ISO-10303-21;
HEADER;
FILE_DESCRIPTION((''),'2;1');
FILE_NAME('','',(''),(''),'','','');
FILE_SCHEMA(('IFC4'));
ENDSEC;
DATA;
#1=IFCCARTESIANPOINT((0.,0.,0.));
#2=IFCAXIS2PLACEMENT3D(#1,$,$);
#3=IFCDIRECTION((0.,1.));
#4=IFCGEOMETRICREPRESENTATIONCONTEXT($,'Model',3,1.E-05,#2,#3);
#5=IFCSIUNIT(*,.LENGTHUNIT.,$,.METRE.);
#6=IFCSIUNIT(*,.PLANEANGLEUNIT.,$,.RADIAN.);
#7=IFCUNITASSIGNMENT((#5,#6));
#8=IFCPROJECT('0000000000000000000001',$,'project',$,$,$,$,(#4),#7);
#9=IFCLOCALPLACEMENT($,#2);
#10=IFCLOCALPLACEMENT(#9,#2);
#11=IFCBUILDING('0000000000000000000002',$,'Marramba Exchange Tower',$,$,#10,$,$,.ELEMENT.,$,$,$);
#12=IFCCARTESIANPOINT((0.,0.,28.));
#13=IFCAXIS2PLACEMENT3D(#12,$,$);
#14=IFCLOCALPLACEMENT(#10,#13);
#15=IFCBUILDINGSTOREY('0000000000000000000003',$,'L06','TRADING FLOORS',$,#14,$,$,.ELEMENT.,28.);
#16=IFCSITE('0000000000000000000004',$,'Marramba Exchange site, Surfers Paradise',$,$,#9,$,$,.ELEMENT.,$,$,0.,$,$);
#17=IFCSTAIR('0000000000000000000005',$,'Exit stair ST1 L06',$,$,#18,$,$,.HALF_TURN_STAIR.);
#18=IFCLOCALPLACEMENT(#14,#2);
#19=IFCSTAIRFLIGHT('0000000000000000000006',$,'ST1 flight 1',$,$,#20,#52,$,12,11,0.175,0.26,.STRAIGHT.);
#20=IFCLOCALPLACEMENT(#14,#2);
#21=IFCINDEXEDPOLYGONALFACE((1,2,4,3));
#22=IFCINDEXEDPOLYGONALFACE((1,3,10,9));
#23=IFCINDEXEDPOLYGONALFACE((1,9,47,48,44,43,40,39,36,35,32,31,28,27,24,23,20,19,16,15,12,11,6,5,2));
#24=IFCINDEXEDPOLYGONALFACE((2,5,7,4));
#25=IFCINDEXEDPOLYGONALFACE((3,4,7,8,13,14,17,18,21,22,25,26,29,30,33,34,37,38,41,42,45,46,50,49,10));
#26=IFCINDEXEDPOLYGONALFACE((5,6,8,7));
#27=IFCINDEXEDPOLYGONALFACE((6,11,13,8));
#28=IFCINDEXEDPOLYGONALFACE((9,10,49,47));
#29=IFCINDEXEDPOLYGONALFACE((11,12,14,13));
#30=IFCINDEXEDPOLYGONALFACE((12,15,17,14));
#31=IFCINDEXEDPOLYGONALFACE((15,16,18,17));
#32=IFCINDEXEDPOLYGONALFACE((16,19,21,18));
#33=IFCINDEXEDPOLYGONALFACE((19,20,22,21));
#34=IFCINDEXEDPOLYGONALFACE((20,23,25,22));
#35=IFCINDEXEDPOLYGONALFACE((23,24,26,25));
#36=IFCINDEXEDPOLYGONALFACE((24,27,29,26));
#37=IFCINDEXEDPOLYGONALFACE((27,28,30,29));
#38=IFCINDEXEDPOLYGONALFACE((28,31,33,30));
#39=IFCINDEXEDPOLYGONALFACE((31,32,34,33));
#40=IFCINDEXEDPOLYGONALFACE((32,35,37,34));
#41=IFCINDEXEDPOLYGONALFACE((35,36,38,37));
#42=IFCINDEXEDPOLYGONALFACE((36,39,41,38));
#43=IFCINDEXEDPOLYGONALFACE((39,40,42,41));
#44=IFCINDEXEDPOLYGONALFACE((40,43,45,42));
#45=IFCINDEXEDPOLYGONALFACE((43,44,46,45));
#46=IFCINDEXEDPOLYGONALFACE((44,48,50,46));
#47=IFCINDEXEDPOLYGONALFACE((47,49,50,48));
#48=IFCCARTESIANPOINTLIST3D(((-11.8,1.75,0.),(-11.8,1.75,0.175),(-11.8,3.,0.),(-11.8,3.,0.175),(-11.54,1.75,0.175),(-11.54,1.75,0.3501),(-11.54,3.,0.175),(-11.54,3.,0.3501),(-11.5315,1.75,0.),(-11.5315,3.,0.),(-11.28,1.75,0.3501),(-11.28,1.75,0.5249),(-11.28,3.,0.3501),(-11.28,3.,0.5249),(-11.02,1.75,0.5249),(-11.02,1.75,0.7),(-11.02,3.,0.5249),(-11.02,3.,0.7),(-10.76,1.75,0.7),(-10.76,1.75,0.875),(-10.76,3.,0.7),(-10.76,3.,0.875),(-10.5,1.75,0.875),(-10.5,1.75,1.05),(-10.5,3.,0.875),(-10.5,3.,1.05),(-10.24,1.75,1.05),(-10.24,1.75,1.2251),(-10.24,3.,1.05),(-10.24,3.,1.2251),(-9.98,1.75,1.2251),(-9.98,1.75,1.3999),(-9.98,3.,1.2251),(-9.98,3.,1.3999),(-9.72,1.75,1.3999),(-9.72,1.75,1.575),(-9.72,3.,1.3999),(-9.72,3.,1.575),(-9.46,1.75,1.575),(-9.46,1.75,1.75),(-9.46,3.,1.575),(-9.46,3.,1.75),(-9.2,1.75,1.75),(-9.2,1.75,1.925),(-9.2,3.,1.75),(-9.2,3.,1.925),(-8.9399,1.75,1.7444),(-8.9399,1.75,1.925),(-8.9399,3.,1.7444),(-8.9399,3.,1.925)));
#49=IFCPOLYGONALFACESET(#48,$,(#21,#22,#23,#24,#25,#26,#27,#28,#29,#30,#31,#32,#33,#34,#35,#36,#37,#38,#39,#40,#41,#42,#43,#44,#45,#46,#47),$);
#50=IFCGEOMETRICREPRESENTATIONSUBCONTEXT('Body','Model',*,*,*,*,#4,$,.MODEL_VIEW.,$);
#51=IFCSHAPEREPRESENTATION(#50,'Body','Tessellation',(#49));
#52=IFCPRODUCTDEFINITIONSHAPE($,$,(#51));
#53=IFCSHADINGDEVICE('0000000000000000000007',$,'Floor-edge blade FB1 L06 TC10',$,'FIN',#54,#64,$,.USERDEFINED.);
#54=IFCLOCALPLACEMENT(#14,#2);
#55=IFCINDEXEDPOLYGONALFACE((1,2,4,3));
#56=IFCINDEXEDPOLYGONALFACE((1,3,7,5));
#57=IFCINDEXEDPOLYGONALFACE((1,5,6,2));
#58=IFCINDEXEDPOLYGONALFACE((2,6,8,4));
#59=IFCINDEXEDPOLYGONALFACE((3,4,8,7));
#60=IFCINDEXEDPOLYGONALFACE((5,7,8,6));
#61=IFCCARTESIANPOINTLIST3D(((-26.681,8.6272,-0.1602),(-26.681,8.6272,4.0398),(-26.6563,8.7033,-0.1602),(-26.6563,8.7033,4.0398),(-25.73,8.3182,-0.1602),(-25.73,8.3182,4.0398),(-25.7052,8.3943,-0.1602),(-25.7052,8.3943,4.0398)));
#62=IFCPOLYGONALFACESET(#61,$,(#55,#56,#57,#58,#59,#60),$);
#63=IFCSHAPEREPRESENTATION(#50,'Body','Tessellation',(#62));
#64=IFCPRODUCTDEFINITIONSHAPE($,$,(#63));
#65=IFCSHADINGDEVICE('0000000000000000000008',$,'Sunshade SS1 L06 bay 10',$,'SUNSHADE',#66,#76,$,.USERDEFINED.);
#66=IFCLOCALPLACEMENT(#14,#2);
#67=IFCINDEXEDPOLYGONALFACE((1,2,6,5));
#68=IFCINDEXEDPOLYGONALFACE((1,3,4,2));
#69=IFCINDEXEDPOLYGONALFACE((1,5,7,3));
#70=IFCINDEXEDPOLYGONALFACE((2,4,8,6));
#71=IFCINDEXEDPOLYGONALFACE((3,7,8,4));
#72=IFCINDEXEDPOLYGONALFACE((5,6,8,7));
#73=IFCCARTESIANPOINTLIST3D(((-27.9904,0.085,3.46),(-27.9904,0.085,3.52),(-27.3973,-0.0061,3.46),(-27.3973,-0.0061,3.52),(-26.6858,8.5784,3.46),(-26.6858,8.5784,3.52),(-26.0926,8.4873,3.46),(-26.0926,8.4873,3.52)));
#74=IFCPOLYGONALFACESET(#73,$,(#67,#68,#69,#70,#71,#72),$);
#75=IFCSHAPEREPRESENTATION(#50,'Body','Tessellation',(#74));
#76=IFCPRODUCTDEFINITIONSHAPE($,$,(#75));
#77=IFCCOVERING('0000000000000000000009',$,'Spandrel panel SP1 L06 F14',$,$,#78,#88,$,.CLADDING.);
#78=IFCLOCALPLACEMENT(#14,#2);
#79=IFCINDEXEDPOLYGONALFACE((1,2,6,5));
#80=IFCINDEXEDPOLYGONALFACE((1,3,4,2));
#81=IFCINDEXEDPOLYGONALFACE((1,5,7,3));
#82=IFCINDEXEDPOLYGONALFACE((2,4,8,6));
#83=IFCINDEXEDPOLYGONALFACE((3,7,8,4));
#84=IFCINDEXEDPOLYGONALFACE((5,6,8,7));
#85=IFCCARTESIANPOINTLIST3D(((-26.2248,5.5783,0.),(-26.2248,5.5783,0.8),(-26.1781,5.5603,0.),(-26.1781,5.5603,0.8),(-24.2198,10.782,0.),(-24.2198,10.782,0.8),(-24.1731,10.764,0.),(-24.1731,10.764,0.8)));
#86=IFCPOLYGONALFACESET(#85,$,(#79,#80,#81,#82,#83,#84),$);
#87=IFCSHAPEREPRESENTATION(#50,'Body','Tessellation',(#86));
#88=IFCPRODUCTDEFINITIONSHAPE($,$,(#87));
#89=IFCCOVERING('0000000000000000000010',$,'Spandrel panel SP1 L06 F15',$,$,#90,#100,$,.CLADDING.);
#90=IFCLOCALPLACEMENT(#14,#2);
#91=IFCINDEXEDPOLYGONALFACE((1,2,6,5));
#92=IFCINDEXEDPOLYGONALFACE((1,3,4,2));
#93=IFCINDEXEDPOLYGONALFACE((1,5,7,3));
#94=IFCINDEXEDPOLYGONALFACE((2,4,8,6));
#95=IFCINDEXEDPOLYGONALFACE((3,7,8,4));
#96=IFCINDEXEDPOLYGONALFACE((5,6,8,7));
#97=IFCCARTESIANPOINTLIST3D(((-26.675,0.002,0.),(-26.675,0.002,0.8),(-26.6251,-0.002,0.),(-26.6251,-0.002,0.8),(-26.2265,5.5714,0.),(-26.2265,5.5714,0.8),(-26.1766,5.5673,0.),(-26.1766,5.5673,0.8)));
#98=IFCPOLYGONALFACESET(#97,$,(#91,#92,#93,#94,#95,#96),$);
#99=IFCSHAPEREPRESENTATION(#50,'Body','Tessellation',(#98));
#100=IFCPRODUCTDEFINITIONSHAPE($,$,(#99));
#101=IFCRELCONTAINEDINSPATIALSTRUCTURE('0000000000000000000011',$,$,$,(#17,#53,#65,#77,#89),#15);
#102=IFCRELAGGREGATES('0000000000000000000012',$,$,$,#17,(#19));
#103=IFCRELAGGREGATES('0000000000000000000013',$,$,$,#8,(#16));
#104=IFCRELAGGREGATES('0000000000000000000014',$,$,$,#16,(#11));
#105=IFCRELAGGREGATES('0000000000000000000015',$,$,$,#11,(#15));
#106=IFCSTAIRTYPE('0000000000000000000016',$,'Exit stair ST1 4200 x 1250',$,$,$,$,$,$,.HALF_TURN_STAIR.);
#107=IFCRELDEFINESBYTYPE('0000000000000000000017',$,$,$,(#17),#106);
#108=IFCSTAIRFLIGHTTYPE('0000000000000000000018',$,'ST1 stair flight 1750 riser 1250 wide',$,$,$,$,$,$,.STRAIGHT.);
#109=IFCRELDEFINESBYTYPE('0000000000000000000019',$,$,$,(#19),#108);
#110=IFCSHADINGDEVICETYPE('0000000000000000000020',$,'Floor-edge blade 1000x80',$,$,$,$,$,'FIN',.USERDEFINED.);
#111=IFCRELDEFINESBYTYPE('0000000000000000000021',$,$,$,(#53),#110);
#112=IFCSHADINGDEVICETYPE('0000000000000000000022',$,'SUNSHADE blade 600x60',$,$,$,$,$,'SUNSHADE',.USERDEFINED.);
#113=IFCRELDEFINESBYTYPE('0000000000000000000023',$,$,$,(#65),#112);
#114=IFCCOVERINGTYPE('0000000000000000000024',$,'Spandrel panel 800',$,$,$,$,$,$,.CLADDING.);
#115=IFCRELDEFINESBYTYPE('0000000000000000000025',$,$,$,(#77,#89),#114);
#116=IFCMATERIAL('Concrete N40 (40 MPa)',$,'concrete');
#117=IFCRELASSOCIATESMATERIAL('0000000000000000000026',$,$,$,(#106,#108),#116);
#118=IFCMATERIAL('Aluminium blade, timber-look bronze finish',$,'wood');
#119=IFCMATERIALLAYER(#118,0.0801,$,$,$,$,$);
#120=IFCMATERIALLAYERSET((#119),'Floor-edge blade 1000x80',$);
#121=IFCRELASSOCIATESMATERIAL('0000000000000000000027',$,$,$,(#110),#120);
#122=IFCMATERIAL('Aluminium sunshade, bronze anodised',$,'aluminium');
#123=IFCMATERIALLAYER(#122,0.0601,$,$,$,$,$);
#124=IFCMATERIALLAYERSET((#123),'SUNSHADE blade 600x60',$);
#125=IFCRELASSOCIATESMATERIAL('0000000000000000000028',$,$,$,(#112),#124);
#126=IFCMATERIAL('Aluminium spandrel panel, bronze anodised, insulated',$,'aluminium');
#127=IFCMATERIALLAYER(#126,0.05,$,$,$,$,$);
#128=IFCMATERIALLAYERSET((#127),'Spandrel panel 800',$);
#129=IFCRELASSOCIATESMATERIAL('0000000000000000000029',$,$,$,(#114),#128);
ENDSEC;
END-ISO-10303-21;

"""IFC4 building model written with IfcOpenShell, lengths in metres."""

from ifc_helpers import new_model, si_unit, direction, frame, origin, origin_2d, place, context, subcontext, project, spatial, polyline, rectangle, outline, extrude, material, layer, layer_set, type_object, element, aggregate, save


model = new_model("IFC4")

# Units and contexts
model_context = context("Model", 3, precision=1e-05, world=origin(), true_north=direction((0.0, 1.0)))
body_context = subcontext(model_context, "Body", "Model", "MODEL_VIEW")
ifc_project = project(units=[si_unit("LENGTHUNIT", "METRE"), si_unit("PLANEANGLEUNIT", "RADIAN")], contexts=[model_context])

# Site, building, storey
site_placement = place(None, origin())
site = spatial("IfcSite", under=ifc_project, at=site_placement, Name="Marramba Exchange site, Surfers Paradise", CompositionType="ELEMENT", RefElevation=0.0)
building_placement = place(site_placement, origin())
building = spatial("IfcBuilding", under=site, at=building_placement, Name="Marramba Exchange Tower", CompositionType="ELEMENT")
storey_placement = place(building_placement, frame((0.0, 0.0, 28.0)))
storey = spatial("IfcBuildingStorey", under=building, at=storey_placement, Name="L06", Description="TRADING FLOORS", CompositionType="ELEMENT", Elevation=28.0)

# Stair, stair flight
ifc_material_1 = material(Name="Concrete N40 (40 MPa)", Category="concrete")
stair_type = type_object("IfcStairType", Name="Exit stair ST1 4200 x 1250", PredefinedType="HALF_TURN_STAIR", material=ifc_material_1)
stair_placement = place(storey_placement, origin())
stair = element("IfcStair", 1, at=stair_placement, inside=storey, type_object=stair_type, Name="Exit stair ST1 L06", PredefinedType="HALF_TURN_STAIR")
stair_flight_type = type_object("IfcStairFlightType", Name="ST1 stair flight 1750 riser 1250 wide", PredefinedType="STRAIGHT", material=ifc_material_1)
stair_flight_placement = place(storey_placement, frame((-11.8, 2.375, 0.0), z_axis=(0.0, 0.0, 1.0), x_axis=(1.0, 0.0, 0.0)))
stair_flight = element("IfcStairFlight", 2, at=stair_flight_placement, type_object=stair_flight_type, Name="ST1 flight 1", NumberOfRisers=12, NumberOfTreads=11, PredefinedType="STRAIGHT", RiserHeight=0.175, TreadLength=0.26, context=body_context, shape_type="SweptSolid", body=[
    extrude(outline(polyline([(0.0, 0.0), (0.0, 0.175), (0.26, 0.175), (0.26, 0.3501), (0.52, 0.3501), (0.52, 0.5249), (0.78, 0.5249), (0.78, 0.7), (1.04, 0.7), (1.04, 0.875), (1.3, 0.875), (1.3, 1.05), (1.5601, 1.05), (1.5601, 1.2251), (1.8201, 1.2251), (1.8201, 1.3999), (2.0801, 1.3999), (2.0801, 1.575), (2.3401, 1.575), (2.3401, 1.75), (2.6001, 1.75), (2.6001, 1.925), (2.8601, 1.925), (2.8601, 2.1001), (2.8601, 1.7444), (0.2686, 0.0), (0.0, 0.0)])), frame((0.0, 0.625, 0.0), z_axis=(0.0, -1.0, 0.0), x_axis=(1.0, 0.0, 0.0)), (0.0, 0.0, 1.0), 1.25),
])
aggregate(stair, [stair_flight])

# Shading devices
ifc_material_2 = material(Name="Aluminium blade, timber-look bronze finish", Category="wood")
ifc_layer_1 = layer(ifc_material_2, 0.0801)
ifc_layer_set_1 = layer_set([ifc_layer_1], Name="Floor-edge blade 1000x80")
shading_device_type_1 = type_object("IfcShadingDeviceType", Name="Floor-edge blade 1000x80", ElementType="FIN", PredefinedType="USERDEFINED", material=ifc_layer_set_1)
shading_device_1_placement = place(storey_placement, frame((-26.1931, 8.5107, -0.1602), z_axis=(0.0, 0.0, 1.0), x_axis=(-0.951057, 0.309017, 0.0)))
element("IfcShadingDevice", 3, at=shading_device_1_placement, inside=storey, type_object=shading_device_type_1, Name="Floor-edge blade FB1 L06 TC10", ObjectType="FIN", PredefinedType="USERDEFINED", context=body_context, shape_type="SweptSolid", body=[
    extrude(rectangle(XDim=1.0, YDim=0.0801, at=origin_2d()), origin(), (0.0, 0.0, 1.0), 4.2),
])
ifc_material_3 = material(Name="Aluminium sunshade, bronze anodised", Category="aluminium")
ifc_layer_2 = layer(ifc_material_3, 0.0601)
ifc_layer_set_2 = layer_set([ifc_layer_2], Name="SUNSHADE blade 600x60")
shading_device_type_2 = type_object("IfcShadingDeviceType", Name="SUNSHADE blade 600x60", ElementType="SUNSHADE", PredefinedType="USERDEFINED", material=ifc_layer_set_2)
shading_device_2_placement = place(storey_placement, frame((-27.0415, 4.2861, 3.46), z_axis=(0.0, 0.0, 1.0), x_axis=(-0.151825, -0.988407, 0.0)))
element("IfcShadingDevice", 4, at=shading_device_2_placement, inside=storey, type_object=shading_device_type_2, Name="Sunshade SS1 L06 bay 10", ObjectType="SUNSHADE", PredefinedType="USERDEFINED", context=body_context, shape_type="SweptSolid", body=[
    extrude(rectangle(XDim=8.593, YDim=0.6001, at=origin_2d()), origin(), (0.0, 0.0, 1.0), 0.0601),
])

# Coverings
ifc_material_4 = material(Name="Aluminium spandrel panel, bronze anodised, insulated", Category="aluminium")
ifc_layer_3 = layer(ifc_material_4, 0.05)
ifc_layer_set_3 = layer_set([ifc_layer_3], Name="Spandrel panel 800")
covering_type = type_object("IfcCoveringType", Name="Spandrel panel 800", PredefinedType="CLADDING", material=ifc_layer_set_3)
covering_1_placement = place(storey_placement, frame((-25.199, 8.1711, 0.0), z_axis=(0.0, 0.0, 1.0), x_axis=(-0.359526, -0.933135, 0.0)))
element("IfcCovering", 5, at=covering_1_placement, inside=storey, type_object=covering_type, Name="Spandrel panel SP1 L06 F14", PredefinedType="CLADDING", context=body_context, shape_type="SweptSolid", body=[
    extrude(rectangle(XDim=5.5767, YDim=0.05, at=origin_2d()), origin(), (0.0, 0.0, 1.0), 0.8),
])
covering_2_placement = place(storey_placement, frame((-26.4258, 2.7847, 0.0), z_axis=(0.0, 0.0, 1.0), x_axis=(-0.080275, -0.996773, 0.0)))
element("IfcCovering", 6, at=covering_2_placement, inside=storey, type_object=covering_type, Name="Spandrel panel SP1 L06 F15", PredefinedType="CLADDING", context=body_context, shape_type="SweptSolid", body=[
    extrude(rectangle(XDim=5.5874, YDim=0.05, at=origin_2d()), origin(), (0.0, 0.0, 1.0), 0.8),
])

save(model, "model.ifc")
